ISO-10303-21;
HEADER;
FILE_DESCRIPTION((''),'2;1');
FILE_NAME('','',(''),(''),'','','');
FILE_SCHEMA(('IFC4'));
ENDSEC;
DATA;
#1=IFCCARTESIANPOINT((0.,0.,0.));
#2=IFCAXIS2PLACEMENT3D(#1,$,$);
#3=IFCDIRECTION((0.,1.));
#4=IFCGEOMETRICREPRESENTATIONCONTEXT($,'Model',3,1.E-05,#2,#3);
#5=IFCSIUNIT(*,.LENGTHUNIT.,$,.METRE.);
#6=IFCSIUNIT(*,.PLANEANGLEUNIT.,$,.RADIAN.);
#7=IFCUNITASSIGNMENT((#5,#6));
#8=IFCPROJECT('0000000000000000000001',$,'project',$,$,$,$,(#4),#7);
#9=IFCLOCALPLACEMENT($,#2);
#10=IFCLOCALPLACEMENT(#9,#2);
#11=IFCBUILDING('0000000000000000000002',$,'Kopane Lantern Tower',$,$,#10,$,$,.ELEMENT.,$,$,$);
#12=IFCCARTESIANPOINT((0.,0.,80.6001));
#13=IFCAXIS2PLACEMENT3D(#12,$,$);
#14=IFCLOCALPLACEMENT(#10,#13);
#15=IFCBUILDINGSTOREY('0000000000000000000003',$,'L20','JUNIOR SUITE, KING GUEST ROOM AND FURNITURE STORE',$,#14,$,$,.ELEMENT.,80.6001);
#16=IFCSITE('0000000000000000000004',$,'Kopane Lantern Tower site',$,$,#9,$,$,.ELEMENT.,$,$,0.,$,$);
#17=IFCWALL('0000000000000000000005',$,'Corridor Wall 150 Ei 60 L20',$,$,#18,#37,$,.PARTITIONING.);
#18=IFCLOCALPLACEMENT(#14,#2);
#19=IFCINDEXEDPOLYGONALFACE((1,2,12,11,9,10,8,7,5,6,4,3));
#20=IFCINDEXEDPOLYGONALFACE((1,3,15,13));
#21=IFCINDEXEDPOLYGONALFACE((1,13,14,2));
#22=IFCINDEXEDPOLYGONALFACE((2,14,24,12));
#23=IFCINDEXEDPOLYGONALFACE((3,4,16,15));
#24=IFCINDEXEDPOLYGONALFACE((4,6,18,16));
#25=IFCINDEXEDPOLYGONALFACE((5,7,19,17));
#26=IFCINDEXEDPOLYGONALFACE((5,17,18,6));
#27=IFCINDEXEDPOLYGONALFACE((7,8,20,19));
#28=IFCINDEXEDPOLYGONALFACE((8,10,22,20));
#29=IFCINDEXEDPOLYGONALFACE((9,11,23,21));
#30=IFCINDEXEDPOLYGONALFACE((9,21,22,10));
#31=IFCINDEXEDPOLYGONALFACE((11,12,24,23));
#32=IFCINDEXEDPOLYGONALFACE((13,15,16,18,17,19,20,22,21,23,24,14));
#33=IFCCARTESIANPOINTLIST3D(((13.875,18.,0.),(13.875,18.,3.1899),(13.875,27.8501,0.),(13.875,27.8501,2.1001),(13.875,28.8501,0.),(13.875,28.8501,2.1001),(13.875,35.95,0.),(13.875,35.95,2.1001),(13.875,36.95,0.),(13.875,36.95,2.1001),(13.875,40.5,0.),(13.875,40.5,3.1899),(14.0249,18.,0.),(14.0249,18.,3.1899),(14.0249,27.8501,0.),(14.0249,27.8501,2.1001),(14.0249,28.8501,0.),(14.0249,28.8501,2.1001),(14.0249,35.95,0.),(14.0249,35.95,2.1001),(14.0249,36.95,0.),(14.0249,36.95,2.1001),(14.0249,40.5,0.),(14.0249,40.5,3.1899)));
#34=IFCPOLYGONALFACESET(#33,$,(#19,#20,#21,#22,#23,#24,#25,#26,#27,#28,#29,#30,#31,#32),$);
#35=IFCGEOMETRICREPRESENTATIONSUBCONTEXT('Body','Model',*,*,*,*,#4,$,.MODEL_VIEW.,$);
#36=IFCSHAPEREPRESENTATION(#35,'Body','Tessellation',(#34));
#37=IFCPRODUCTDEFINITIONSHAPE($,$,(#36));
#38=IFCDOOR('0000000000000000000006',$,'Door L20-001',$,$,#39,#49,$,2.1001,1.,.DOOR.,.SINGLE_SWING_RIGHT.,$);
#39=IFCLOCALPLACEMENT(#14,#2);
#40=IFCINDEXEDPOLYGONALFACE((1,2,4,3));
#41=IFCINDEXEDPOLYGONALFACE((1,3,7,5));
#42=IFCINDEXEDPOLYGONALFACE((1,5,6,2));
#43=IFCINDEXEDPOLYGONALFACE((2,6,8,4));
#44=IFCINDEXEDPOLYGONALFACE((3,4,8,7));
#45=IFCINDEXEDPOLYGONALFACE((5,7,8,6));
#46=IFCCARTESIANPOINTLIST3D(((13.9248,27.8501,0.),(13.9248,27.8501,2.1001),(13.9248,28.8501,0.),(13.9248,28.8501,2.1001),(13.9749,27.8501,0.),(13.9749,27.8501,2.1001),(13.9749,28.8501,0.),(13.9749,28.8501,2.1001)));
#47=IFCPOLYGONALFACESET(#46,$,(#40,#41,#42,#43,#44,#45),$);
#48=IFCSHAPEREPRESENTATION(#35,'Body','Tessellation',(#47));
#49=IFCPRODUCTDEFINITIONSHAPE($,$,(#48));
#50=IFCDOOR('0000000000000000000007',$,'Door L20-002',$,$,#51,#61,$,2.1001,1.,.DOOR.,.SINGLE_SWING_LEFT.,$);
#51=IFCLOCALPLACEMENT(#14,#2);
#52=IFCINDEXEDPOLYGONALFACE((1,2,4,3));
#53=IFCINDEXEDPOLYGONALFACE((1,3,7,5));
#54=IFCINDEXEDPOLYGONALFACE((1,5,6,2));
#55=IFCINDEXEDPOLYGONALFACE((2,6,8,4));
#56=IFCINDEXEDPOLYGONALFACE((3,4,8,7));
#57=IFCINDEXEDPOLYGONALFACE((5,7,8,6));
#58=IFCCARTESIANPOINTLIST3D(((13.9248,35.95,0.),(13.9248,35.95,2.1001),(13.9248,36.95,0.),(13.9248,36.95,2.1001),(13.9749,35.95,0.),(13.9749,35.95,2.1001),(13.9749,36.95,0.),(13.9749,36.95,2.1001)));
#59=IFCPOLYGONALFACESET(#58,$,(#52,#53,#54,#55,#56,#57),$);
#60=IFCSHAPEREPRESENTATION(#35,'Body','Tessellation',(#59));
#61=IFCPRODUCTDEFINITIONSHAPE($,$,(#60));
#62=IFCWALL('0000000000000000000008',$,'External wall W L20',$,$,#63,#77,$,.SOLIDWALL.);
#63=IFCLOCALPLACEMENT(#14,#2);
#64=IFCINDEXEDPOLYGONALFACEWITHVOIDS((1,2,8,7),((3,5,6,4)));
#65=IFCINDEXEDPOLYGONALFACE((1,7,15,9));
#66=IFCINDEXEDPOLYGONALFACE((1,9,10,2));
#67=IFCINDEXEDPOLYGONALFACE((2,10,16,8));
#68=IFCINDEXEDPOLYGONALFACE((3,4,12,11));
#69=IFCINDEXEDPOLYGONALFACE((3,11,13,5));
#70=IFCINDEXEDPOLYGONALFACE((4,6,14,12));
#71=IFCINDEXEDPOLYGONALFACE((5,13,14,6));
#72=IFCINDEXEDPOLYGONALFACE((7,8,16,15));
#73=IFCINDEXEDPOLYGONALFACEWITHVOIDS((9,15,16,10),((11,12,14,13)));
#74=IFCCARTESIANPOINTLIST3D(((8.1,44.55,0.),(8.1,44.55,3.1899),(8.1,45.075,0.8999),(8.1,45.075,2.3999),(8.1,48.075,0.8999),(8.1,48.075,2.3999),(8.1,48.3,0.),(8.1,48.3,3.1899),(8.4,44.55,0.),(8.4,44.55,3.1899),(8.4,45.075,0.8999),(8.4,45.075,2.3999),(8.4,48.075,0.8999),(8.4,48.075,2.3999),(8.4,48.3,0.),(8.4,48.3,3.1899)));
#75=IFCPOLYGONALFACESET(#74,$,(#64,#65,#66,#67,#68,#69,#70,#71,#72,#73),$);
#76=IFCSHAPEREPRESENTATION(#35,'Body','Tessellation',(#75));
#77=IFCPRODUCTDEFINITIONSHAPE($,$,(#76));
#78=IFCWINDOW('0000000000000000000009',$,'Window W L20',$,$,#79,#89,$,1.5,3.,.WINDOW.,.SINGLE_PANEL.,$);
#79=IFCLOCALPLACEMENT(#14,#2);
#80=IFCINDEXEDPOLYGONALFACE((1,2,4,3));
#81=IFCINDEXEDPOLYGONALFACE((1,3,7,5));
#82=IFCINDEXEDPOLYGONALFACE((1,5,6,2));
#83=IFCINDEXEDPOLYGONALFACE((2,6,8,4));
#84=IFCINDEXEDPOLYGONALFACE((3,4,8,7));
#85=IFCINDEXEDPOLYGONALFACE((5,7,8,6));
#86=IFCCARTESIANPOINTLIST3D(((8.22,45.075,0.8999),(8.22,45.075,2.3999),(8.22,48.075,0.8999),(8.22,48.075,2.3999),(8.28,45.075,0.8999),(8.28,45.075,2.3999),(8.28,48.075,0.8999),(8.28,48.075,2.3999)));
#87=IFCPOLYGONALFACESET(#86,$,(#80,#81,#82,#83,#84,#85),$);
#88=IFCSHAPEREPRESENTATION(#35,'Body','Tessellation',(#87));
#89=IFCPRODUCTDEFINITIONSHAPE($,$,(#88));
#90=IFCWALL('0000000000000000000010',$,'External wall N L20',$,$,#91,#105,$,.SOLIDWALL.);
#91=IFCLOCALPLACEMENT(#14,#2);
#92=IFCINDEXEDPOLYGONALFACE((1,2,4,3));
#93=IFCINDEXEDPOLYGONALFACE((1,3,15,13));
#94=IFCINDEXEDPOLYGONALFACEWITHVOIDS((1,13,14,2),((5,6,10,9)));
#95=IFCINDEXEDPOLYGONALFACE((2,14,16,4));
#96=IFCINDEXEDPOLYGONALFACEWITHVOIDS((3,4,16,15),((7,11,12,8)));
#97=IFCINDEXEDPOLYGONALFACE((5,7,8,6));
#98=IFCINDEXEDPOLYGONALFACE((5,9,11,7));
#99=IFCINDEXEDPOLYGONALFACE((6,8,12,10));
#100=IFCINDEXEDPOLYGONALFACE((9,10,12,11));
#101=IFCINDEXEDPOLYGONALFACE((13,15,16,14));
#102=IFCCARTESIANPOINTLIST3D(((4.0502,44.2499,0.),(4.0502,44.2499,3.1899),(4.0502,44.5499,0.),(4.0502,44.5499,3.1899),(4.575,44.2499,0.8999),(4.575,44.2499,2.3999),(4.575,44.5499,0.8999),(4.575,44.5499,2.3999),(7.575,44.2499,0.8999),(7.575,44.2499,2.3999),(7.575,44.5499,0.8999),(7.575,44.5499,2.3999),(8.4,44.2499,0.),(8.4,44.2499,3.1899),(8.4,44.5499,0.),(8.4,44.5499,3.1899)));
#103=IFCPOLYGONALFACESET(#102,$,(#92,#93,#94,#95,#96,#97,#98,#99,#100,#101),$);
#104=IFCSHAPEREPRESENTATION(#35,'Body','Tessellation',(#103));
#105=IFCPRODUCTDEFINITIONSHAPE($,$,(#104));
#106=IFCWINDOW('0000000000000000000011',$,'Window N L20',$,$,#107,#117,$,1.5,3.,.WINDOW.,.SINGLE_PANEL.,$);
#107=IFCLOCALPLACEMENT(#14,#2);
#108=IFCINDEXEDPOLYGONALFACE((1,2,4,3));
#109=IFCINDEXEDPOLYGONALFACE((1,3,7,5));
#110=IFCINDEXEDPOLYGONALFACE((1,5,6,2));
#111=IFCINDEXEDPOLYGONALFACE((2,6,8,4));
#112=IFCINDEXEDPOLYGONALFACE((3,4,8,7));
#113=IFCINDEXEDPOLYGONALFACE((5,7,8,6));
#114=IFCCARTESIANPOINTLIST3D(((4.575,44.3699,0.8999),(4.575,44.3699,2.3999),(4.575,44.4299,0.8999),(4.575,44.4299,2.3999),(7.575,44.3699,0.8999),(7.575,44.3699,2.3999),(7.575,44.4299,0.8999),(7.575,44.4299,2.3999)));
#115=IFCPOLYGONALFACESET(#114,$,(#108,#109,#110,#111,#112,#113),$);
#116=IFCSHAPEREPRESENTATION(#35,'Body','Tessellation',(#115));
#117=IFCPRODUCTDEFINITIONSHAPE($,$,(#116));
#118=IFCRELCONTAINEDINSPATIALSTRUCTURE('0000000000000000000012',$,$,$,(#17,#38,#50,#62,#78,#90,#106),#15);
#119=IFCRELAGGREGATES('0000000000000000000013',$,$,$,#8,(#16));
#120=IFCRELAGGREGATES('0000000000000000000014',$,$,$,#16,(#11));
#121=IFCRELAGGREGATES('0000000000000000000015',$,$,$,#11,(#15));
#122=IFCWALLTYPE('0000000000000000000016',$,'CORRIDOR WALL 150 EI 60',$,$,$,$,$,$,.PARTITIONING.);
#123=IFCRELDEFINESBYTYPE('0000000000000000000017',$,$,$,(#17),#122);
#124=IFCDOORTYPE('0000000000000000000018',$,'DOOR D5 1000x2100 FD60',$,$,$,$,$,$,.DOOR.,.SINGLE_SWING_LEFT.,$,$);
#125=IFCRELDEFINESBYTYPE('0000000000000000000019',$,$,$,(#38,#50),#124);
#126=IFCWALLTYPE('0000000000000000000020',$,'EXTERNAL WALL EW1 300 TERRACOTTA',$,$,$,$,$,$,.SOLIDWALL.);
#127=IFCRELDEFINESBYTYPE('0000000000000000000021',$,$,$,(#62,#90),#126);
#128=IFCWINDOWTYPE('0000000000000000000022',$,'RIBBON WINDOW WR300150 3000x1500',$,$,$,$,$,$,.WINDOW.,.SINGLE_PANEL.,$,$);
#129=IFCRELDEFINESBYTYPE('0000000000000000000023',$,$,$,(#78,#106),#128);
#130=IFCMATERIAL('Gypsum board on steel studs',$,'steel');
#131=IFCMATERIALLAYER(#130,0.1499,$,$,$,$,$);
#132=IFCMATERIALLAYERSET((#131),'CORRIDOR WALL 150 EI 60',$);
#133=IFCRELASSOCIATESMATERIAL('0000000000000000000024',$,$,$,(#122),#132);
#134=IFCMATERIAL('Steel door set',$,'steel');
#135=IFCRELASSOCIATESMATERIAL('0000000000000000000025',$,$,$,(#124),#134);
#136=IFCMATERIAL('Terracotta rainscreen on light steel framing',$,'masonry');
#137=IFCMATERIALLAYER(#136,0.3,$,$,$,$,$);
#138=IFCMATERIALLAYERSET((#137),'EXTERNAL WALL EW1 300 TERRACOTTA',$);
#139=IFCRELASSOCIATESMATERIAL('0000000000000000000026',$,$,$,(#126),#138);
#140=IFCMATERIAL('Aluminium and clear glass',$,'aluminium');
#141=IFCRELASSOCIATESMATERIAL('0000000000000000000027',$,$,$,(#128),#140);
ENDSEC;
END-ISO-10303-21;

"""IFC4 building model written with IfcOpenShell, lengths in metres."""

from ifc_helpers import new_model, si_unit, direction, frame, frame_2d, origin, place, context, subcontext, project, spatial, rectangle, extrude, material, layer, layer_set, type_object, element, fill, save


model = new_model("IFC4")

# Units and contexts
model_context = context("Model", 3, precision=1e-05, world=origin(), true_north=direction((0.0, 1.0)))
body_context = subcontext(model_context, "Body", "Model", "MODEL_VIEW")
ifc_project = project(units=[si_unit("LENGTHUNIT", "METRE"), si_unit("PLANEANGLEUNIT", "RADIAN")], contexts=[model_context])

# Site, building, storey
site_placement = place(None, origin())
site = spatial("IfcSite", under=ifc_project, at=site_placement, Name="Kopane Lantern Tower site", CompositionType="ELEMENT", RefElevation=0.0)
building_placement = place(site_placement, origin())
building = spatial("IfcBuilding", under=site, at=building_placement, Name="Kopane Lantern Tower", CompositionType="ELEMENT")
storey_placement = place(building_placement, frame((0.0, 0.0, 80.6001)))
storey = spatial("IfcBuildingStorey", under=building, at=storey_placement, Name="L20", Description="JUNIOR SUITE, KING GUEST ROOM AND FURNITURE STORE", CompositionType="ELEMENT", Elevation=80.6001)

# Shared definitions
ifc_material_1 = material(Name="Gypsum board on steel studs", Category="steel")
ifc_layer_1 = layer(ifc_material_1, 0.1499)
ifc_layer_set_1 = layer_set([ifc_layer_1], Name="CORRIDOR WALL 150 EI 60")
wall_type_1 = type_object("IfcWallType", Name="CORRIDOR WALL 150 EI 60", PredefinedType="PARTITIONING", material=ifc_layer_set_1)

# Wall, openings, doors
wall_1_placement = place(storey_placement, frame((13.95, 40.5, 0.0), z_axis=(0.0, 0.0, 1.0), x_axis=(0.0, -1.0, 0.0)))
wall_1 = element("IfcWall", 1, at=wall_1_placement, inside=storey, type_object=wall_type_1, Name="Corridor Wall 150 Ei 60 L20", PredefinedType="PARTITIONING", context=body_context, shape_type="SweptSolid", body=[
    extrude(rectangle(XDim=22.5, YDim=0.1499, at=frame_2d((11.25, 0.0))), origin(), (0.0, 0.0, 1.0), 3.1899),
])
opening_1_placement = place(wall_1_placement, frame((11.6499, 0.0, 0.0)))
opening_1 = element("IfcOpeningElement", 2, at=opening_1_placement, cuts=wall_1, PredefinedType="OPENING", context=body_context, shape_type="SweptSolid", body=[
    extrude(rectangle(XDim=1.0, YDim=2.1001, at=frame_2d((0.5, 1.05))), frame((0.0, 0.085, 0.0), z_axis=(0.0, -1.0, 0.0), x_axis=(1.0, 0.0, 0.0)), (0.0, 0.0, 1.0), 0.1699),
])
opening_2_placement = place(wall_1_placement, frame((3.55, 0.0, 0.0)))
opening_2 = element("IfcOpeningElement", 3, at=opening_2_placement, cuts=wall_1, PredefinedType="OPENING", context=body_context, shape_type="SweptSolid", body=[
    extrude(rectangle(XDim=1.0, YDim=2.1001, at=frame_2d((0.5, 1.05))), frame((0.0, 0.085, 0.0), z_axis=(0.0, -1.0, 0.0), x_axis=(1.0, 0.0, 0.0)), (0.0, 0.0, 1.0), 0.1699),
])
ifc_material_2 = material(Name="Steel door set", Category="steel")
door_type_1 = type_object("IfcDoorType", Name="DOOR D5 1000x2100 FD60", OperationType="SINGLE_SWING_LEFT", PredefinedType="DOOR", material=ifc_material_2)
door_1_placement = place(opening_1_placement, origin())
door_1 = element("IfcDoor", 4, at=door_1_placement, inside=storey, type_object=door_type_1, Name="Door L20-001", OperationType="SINGLE_SWING_RIGHT", OverallHeight=2.1001, OverallWidth=1.0, PredefinedType="DOOR", context=body_context, shape_type="SweptSolid", body=[
    extrude(rectangle(XDim=1.0, YDim=2.1001, at=frame_2d((0.5, 1.05))), frame((0.0, 0.0249, 0.0), z_axis=(0.0, -1.0, 0.0), x_axis=(1.0, 0.0, 0.0)), (0.0, 0.0, 1.0), 0.05),
])
fill(opening_1, door_1)
door_2_placement = place(opening_2_placement, origin())
door_2 = element("IfcDoor", 5, at=door_2_placement, inside=storey, type_object=door_type_1, Name="Door L20-002", OperationType="SINGLE_SWING_LEFT", OverallHeight=2.1001, OverallWidth=1.0, PredefinedType="DOOR", context=body_context, shape_type="SweptSolid", body=[
    extrude(rectangle(XDim=1.0, YDim=2.1001, at=frame_2d((0.5, 1.05))), frame((0.0, 0.0249, 0.0), z_axis=(0.0, -1.0, 0.0), x_axis=(1.0, 0.0, 0.0)), (0.0, 0.0, 1.0), 0.05),
])
fill(opening_2, door_2)

# Walls, openings, windows
ifc_material_3 = material(Name="Terracotta rainscreen on light steel framing", Category="masonry")
ifc_layer_2 = layer(ifc_material_3, 0.3)
ifc_layer_set_2 = layer_set([ifc_layer_2], Name="EXTERNAL WALL EW1 300 TERRACOTTA")
wall_type_2 = type_object("IfcWallType", Name="EXTERNAL WALL EW1 300 TERRACOTTA", PredefinedType="SOLIDWALL", material=ifc_layer_set_2)
wall_2_placement = place(storey_placement, frame((8.25, 48.3, 0.0), z_axis=(0.0, 0.0, 1.0), x_axis=(0.0, -1.0, 0.0)))
wall_2 = element("IfcWall", 6, at=wall_2_placement, inside=storey, type_object=wall_type_2, Name="External wall W L20", PredefinedType="SOLIDWALL", context=body_context, shape_type="SweptSolid", body=[
    extrude(rectangle(XDim=3.75, YDim=0.3, at=frame_2d((1.875, 0.0))), origin(), (0.0, 0.0, 1.0), 3.1899),
])
opening_3_placement = place(wall_2_placement, frame((0.2251, 0.0, 0.8999)))
opening_3 = element("IfcOpeningElement", 7, at=opening_3_placement, cuts=wall_2, PredefinedType="OPENING", context=body_context, shape_type="SweptSolid", body=[
    extrude(rectangle(XDim=3.0, YDim=1.5, at=frame_2d((1.5, 0.75))), frame((0.0, 0.1599, 0.0), z_axis=(0.0, -1.0, 0.0), x_axis=(1.0, 0.0, 0.0)), (0.0, 0.0, 1.0), 0.3201),
])
ifc_material_4 = material(Name="Aluminium and clear glass", Category="aluminium")
window_type = type_object("IfcWindowType", Name="RIBBON WINDOW WR300150 3000x1500", PartitioningType="SINGLE_PANEL", PredefinedType="WINDOW", material=ifc_material_4)
window_1_placement = place(opening_3_placement, origin())
window_1 = element("IfcWindow", 8, at=window_1_placement, inside=storey, type_object=window_type, Name="Window W L20", OverallHeight=1.5, OverallWidth=3.0, PartitioningType="SINGLE_PANEL", PredefinedType="WINDOW", context=body_context, shape_type="SweptSolid", body=[
    extrude(rectangle(XDim=3.0, YDim=1.5, at=frame_2d((1.5, 0.75))), frame((0.0, 0.03, 0.0), z_axis=(0.0, -1.0, 0.0), x_axis=(1.0, 0.0, 0.0)), (0.0, 0.0, 1.0), 0.0601),
])
fill(opening_3, window_1)
wall_3_placement = place(storey_placement, frame((8.3999, 44.3999, 0.0), z_axis=(0.0, 0.0, 1.0), x_axis=(-1.0, 0.0, 0.0)))
wall_3 = element("IfcWall", 9, at=wall_3_placement, inside=storey, type_object=wall_type_2, Name="External wall N L20", PredefinedType="SOLIDWALL", context=body_context, shape_type="SweptSolid", body=[
    extrude(rectangle(XDim=4.3499, YDim=0.3, at=frame_2d((2.1748, 0.0))), origin(), (0.0, 0.0, 1.0), 3.1899),
])
opening_4_placement = place(wall_3_placement, frame((0.825, 0.0, 0.8999)))
opening_4 = element("IfcOpeningElement", 10, at=opening_4_placement, cuts=wall_3, PredefinedType="OPENING", context=body_context, shape_type="SweptSolid", body=[
    extrude(rectangle(XDim=3.0, YDim=1.5, at=frame_2d((1.5, 0.75))), frame((0.0, 0.1599, 0.0), z_axis=(0.0, -1.0, 0.0), x_axis=(1.0, 0.0, 0.0)), (0.0, 0.0, 1.0), 0.3201),
])
window_2_placement = place(opening_4_placement, origin())
window_2 = element("IfcWindow", 11, at=window_2_placement, inside=storey, type_object=window_type, Name="Window N L20", OverallHeight=1.5, OverallWidth=3.0, PartitioningType="SINGLE_PANEL", PredefinedType="WINDOW", context=body_context, shape_type="SweptSolid", body=[
    extrude(rectangle(XDim=3.0, YDim=1.5, at=frame_2d((1.5, 0.75))), frame((0.0, 0.03, 0.0), z_axis=(0.0, -1.0, 0.0), x_axis=(1.0, 0.0, 0.0)), (0.0, 0.0, 1.0), 0.0601),
])
fill(opening_4, window_2)

save(model, "model.ifc")
